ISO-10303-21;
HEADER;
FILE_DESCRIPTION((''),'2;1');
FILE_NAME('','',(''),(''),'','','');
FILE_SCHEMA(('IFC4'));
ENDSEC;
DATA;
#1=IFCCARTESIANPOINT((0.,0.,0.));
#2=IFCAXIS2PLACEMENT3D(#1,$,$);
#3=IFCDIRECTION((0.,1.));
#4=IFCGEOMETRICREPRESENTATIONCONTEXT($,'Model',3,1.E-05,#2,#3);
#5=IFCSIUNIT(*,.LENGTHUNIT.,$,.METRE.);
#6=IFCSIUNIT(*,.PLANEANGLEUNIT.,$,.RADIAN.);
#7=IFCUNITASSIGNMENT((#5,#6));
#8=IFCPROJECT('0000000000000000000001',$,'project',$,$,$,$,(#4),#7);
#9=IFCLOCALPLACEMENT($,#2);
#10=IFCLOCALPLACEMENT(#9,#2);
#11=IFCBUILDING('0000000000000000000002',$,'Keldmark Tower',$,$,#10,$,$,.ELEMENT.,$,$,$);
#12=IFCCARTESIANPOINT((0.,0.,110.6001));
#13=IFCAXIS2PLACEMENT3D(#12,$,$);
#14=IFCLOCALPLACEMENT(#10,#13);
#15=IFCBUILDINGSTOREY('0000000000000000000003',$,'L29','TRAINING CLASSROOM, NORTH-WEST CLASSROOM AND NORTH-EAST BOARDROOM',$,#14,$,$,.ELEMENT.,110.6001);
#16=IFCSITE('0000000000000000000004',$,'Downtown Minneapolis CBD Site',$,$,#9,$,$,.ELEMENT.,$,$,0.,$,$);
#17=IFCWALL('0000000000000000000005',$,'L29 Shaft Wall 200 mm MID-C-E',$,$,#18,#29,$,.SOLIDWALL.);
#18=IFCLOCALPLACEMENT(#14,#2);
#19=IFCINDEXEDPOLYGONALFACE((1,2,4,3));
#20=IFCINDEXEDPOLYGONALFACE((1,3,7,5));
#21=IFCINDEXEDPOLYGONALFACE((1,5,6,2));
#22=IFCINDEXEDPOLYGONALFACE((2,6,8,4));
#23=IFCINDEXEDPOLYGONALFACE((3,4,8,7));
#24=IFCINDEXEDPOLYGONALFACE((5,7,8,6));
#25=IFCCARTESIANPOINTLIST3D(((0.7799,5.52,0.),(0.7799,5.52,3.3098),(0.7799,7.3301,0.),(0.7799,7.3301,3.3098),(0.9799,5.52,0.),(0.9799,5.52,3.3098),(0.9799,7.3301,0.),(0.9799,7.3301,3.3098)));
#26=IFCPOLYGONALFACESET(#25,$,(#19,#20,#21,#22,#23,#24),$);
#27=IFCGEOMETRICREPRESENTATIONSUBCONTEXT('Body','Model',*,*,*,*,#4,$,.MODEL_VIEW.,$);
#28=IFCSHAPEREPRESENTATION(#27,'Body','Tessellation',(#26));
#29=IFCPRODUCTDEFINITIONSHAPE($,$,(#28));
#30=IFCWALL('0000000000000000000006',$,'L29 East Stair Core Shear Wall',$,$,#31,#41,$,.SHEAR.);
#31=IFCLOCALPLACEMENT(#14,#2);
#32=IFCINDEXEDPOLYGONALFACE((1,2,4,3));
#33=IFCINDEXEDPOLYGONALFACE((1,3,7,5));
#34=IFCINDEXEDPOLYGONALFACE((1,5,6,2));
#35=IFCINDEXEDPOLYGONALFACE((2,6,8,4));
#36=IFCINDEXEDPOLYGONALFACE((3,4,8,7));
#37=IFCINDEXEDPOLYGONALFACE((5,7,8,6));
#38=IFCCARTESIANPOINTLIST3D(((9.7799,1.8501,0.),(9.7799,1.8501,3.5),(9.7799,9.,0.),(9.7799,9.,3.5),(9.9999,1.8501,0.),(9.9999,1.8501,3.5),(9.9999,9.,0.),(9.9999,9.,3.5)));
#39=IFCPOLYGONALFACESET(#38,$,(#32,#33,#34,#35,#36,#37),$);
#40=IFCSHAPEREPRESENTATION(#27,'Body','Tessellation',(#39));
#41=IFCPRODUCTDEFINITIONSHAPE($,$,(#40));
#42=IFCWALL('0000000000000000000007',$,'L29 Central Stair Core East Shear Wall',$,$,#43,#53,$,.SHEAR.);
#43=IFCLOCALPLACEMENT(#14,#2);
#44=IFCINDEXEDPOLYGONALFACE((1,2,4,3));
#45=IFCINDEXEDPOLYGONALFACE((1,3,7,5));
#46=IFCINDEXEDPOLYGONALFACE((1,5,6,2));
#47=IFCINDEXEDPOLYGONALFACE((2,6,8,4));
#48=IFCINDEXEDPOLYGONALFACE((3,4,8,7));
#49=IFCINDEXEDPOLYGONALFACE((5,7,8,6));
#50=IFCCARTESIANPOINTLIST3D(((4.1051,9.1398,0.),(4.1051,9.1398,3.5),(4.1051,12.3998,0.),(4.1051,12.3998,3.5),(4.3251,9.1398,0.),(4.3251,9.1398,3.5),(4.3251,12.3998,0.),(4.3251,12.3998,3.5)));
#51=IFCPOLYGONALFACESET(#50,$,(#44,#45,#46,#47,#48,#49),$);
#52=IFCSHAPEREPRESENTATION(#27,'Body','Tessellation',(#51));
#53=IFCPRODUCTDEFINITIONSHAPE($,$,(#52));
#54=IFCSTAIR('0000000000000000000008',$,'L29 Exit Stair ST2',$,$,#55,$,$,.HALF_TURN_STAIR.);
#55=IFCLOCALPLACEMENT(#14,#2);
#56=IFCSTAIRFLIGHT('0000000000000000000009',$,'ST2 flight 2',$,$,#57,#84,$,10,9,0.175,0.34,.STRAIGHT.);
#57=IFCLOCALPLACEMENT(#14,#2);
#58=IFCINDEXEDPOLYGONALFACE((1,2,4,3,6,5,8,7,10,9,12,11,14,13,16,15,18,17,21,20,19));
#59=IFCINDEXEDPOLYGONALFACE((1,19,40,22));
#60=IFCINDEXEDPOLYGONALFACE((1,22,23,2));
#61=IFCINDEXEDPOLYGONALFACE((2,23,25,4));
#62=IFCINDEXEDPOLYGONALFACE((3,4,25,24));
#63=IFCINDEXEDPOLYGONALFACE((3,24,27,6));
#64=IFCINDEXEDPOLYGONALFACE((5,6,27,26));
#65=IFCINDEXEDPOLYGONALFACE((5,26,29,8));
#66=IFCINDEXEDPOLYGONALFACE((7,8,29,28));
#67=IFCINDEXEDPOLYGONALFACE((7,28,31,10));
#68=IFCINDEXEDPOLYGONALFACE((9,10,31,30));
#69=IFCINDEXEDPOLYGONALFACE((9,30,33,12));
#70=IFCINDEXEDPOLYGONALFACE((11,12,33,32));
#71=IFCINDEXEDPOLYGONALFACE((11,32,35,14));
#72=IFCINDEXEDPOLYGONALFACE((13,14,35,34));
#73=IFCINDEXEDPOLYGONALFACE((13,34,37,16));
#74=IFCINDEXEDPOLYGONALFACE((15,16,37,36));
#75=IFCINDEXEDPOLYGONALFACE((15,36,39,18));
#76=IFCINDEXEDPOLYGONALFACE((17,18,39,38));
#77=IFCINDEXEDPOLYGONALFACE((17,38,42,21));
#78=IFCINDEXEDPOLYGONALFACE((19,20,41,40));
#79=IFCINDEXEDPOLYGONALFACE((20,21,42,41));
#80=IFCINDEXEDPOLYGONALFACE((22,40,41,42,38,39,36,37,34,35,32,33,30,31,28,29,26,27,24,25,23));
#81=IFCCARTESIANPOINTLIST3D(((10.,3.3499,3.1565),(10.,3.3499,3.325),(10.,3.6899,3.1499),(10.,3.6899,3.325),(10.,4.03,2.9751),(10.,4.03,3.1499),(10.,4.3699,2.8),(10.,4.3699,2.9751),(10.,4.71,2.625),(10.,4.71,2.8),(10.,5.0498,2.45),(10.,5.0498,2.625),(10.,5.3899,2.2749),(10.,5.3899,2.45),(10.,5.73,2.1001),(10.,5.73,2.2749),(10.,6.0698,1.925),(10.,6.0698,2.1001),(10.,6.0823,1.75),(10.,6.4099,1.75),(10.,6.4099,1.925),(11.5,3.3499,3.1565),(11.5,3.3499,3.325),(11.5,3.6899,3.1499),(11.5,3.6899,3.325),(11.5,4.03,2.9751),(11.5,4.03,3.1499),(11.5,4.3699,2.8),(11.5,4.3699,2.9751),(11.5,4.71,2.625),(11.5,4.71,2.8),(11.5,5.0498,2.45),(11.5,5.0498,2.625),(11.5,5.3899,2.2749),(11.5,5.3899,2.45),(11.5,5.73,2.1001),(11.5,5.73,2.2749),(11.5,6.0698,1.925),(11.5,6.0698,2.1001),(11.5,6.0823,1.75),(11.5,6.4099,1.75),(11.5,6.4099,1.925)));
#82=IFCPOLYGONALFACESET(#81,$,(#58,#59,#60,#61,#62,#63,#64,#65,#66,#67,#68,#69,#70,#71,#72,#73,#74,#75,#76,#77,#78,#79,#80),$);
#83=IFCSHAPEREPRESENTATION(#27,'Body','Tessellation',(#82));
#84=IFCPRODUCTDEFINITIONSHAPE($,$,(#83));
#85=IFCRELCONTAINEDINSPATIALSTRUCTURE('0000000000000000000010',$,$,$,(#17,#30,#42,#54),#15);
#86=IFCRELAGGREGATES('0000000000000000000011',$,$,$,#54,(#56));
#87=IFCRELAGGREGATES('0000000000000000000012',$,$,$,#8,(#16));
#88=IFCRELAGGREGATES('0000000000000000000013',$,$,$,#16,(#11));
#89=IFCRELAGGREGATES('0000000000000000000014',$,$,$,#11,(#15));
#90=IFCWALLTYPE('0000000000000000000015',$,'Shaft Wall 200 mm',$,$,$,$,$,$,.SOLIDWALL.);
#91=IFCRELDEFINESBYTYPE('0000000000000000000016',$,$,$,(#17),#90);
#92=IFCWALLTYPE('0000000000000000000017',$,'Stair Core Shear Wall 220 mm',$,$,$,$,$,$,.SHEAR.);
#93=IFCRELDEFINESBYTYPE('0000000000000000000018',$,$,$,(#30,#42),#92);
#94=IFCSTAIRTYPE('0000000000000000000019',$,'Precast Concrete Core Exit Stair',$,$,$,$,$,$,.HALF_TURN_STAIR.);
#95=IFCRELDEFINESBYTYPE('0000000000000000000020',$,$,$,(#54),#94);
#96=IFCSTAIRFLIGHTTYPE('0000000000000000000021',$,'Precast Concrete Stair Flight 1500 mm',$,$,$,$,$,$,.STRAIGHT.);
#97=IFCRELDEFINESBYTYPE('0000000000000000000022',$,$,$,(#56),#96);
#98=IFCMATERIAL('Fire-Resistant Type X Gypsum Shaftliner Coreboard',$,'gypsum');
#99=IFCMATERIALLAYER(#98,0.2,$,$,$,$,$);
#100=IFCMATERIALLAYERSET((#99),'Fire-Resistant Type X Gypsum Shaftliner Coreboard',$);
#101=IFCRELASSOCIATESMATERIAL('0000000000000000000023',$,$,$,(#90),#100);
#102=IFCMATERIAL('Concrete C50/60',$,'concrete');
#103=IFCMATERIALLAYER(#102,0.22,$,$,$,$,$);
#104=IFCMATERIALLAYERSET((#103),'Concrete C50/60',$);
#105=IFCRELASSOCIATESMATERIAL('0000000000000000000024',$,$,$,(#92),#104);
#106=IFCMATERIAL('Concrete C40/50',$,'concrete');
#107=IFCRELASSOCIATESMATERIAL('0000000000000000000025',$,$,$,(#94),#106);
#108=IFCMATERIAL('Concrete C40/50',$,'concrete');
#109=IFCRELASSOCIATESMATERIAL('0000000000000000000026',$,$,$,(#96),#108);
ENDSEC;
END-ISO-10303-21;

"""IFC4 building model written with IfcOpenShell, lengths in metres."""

from ifc_helpers import new_model, si_unit, direction, frame, frame_2d, origin, place, context, subcontext, project, spatial, polyline, rectangle, outline, extrude, material, layer, layer_set, type_object, element, aggregate, save


model = new_model("IFC4")

# Units and contexts
model_context = context("Model", 3, precision=1e-05, world=origin(), true_north=direction((0.0, 1.0)))
body_context = subcontext(model_context, "Body", "Model", "MODEL_VIEW")
ifc_project = project(units=[si_unit("LENGTHUNIT", "METRE"), si_unit("PLANEANGLEUNIT", "RADIAN")], contexts=[model_context])

# Site, building, storey
site_placement = place(None, origin())
site = spatial("IfcSite", under=ifc_project, at=site_placement, Name="Downtown Minneapolis CBD Site", CompositionType="ELEMENT", RefElevation=0.0)
building_placement = place(site_placement, origin())
building = spatial("IfcBuilding", under=site, at=building_placement, Name="Keldmark Tower", CompositionType="ELEMENT")
storey_placement = place(building_placement, frame((0.0, 0.0, 110.6001)))
storey = spatial("IfcBuildingStorey", under=building, at=storey_placement, Name="L29", Description="TRAINING CLASSROOM, NORTH-WEST CLASSROOM AND NORTH-EAST BOARDROOM", CompositionType="ELEMENT", Elevation=110.6001)

# Shared definitions
ifc_material_1 = material(Name="Fire-Resistant Type X Gypsum Shaftliner Coreboard", Category="gypsum")
ifc_layer_1 = layer(ifc_material_1, 0.2)
ifc_layer_set_1 = layer_set([ifc_layer_1], Name="Fire-Resistant Type X Gypsum Shaftliner Coreboard")
wall_type_1 = type_object("IfcWallType", Name="Shaft Wall 200 mm", PredefinedType="SOLIDWALL", material=ifc_layer_set_1)

# Walls
for number, where, z_axis, x_axis, name in (
    (1, (0.8799, 5.52, 0.0), (0.0, 0.0, 1.0), (0.0, 1.0, 0.0), "L29 Shaft Wall 200 mm MID-C-E"),
):
    element("IfcWall", number, at=place(storey_placement, frame(where, z_axis=z_axis, x_axis=x_axis)), inside=storey, type_object=wall_type_1, Name=name, PredefinedType="SOLIDWALL", context=body_context, shape_type="SweptSolid", body=[
        extrude(rectangle(XDim=1.8101, YDim=0.2, at=frame_2d((0.905, 0.0))), origin(), (0.0, 0.0, 1.0), 3.3098),
    ])
ifc_material_2 = material(Name="Concrete C50/60", Category="concrete")
ifc_layer_2 = layer(ifc_material_2, 0.22)
ifc_layer_set_2 = layer_set([ifc_layer_2], Name="Concrete C50/60")
wall_type_2 = type_object("IfcWallType", Name="Stair Core Shear Wall 220 mm", PredefinedType="SHEAR", material=ifc_layer_set_2)
wall_1_placement = place(storey_placement, frame((9.8899, 1.8501, 0.0), z_axis=(0.0, 0.0, 1.0), x_axis=(0.0, 1.0, 0.0)))
element("IfcWall", 2, at=wall_1_placement, inside=storey, type_object=wall_type_2, Name="L29 East Stair Core Shear Wall", PredefinedType="SHEAR", context=body_context, shape_type="SweptSolid", body=[
    extrude(rectangle(XDim=7.1499, YDim=0.22, at=frame_2d((3.575, 0.0))), origin(), (0.0, 0.0, 1.0), 3.5),
])
wall_2_placement = place(storey_placement, frame((4.2151, 9.1399, 0.0), z_axis=(0.0, 0.0, 1.0), x_axis=(0.0, 1.0, 0.0)))
element("IfcWall", 3, at=wall_2_placement, inside=storey, type_object=wall_type_2, Name="L29 Central Stair Core East Shear Wall", PredefinedType="SHEAR", context=body_context, shape_type="SweptSolid", body=[
    extrude(rectangle(XDim=3.26, YDim=0.22, at=frame_2d((1.6299, 0.0))), origin(), (0.0, 0.0, 1.0), 3.5),
])

# Stair, stair flight
ifc_material_3 = material(Name="Concrete C40/50", Category="concrete")
stair_type = type_object("IfcStairType", Name="Precast Concrete Core Exit Stair", PredefinedType="HALF_TURN_STAIR", material=ifc_material_3)
stair_placement = place(storey_placement, origin())
stair = element("IfcStair", 4, at=stair_placement, inside=storey, type_object=stair_type, Name="L29 Exit Stair ST2", PredefinedType="HALF_TURN_STAIR")
ifc_material_4 = material(Name="Concrete C40/50", Category="concrete")
stair_flight_type = type_object("IfcStairFlightType", Name="Precast Concrete Stair Flight 1500 mm", PredefinedType="STRAIGHT", material=ifc_material_4)
stair_flight_placement = place(storey_placement, frame((10.75, 6.4099, 1.75), z_axis=(0.0, 0.0, 1.0), x_axis=(0.0, -1.0, 0.0)))
stair_flight = element("IfcStairFlight", 5, at=stair_flight_placement, type_object=stair_flight_type, Name="ST2 flight 2", NumberOfRisers=10, NumberOfTreads=9, PredefinedType="STRAIGHT", RiserHeight=0.175, TreadLength=0.34, context=body_context, shape_type="SweptSolid", body=[
    extrude(outline(polyline([(0.0, 0.0), (0.0, 0.175), (0.3401, 0.175), (0.3401, 0.3501), (0.6799, 0.3501), (0.6799, 0.5249), (1.02, 0.5249), (1.02, 0.7), (1.3601, 0.7), (1.3601, 0.875), (1.7, 0.875), (1.7, 1.05), (2.04, 1.05), (2.04, 1.2251), (2.3799, 1.2251), (2.3799, 1.3999), (2.72, 1.3999), (2.72, 1.575), (3.0601, 1.575), (3.0601, 1.75), (3.0601, 1.4065), (0.3276, 0.0), (0.0, 0.0)])), frame((0.0, 0.75, 0.0), z_axis=(0.0, -1.0, 0.0), x_axis=(1.0, 0.0, 0.0)), (0.0, 0.0, 1.0), 1.5),
])
aggregate(stair, [stair_flight])

save(model, "model.ifc")
